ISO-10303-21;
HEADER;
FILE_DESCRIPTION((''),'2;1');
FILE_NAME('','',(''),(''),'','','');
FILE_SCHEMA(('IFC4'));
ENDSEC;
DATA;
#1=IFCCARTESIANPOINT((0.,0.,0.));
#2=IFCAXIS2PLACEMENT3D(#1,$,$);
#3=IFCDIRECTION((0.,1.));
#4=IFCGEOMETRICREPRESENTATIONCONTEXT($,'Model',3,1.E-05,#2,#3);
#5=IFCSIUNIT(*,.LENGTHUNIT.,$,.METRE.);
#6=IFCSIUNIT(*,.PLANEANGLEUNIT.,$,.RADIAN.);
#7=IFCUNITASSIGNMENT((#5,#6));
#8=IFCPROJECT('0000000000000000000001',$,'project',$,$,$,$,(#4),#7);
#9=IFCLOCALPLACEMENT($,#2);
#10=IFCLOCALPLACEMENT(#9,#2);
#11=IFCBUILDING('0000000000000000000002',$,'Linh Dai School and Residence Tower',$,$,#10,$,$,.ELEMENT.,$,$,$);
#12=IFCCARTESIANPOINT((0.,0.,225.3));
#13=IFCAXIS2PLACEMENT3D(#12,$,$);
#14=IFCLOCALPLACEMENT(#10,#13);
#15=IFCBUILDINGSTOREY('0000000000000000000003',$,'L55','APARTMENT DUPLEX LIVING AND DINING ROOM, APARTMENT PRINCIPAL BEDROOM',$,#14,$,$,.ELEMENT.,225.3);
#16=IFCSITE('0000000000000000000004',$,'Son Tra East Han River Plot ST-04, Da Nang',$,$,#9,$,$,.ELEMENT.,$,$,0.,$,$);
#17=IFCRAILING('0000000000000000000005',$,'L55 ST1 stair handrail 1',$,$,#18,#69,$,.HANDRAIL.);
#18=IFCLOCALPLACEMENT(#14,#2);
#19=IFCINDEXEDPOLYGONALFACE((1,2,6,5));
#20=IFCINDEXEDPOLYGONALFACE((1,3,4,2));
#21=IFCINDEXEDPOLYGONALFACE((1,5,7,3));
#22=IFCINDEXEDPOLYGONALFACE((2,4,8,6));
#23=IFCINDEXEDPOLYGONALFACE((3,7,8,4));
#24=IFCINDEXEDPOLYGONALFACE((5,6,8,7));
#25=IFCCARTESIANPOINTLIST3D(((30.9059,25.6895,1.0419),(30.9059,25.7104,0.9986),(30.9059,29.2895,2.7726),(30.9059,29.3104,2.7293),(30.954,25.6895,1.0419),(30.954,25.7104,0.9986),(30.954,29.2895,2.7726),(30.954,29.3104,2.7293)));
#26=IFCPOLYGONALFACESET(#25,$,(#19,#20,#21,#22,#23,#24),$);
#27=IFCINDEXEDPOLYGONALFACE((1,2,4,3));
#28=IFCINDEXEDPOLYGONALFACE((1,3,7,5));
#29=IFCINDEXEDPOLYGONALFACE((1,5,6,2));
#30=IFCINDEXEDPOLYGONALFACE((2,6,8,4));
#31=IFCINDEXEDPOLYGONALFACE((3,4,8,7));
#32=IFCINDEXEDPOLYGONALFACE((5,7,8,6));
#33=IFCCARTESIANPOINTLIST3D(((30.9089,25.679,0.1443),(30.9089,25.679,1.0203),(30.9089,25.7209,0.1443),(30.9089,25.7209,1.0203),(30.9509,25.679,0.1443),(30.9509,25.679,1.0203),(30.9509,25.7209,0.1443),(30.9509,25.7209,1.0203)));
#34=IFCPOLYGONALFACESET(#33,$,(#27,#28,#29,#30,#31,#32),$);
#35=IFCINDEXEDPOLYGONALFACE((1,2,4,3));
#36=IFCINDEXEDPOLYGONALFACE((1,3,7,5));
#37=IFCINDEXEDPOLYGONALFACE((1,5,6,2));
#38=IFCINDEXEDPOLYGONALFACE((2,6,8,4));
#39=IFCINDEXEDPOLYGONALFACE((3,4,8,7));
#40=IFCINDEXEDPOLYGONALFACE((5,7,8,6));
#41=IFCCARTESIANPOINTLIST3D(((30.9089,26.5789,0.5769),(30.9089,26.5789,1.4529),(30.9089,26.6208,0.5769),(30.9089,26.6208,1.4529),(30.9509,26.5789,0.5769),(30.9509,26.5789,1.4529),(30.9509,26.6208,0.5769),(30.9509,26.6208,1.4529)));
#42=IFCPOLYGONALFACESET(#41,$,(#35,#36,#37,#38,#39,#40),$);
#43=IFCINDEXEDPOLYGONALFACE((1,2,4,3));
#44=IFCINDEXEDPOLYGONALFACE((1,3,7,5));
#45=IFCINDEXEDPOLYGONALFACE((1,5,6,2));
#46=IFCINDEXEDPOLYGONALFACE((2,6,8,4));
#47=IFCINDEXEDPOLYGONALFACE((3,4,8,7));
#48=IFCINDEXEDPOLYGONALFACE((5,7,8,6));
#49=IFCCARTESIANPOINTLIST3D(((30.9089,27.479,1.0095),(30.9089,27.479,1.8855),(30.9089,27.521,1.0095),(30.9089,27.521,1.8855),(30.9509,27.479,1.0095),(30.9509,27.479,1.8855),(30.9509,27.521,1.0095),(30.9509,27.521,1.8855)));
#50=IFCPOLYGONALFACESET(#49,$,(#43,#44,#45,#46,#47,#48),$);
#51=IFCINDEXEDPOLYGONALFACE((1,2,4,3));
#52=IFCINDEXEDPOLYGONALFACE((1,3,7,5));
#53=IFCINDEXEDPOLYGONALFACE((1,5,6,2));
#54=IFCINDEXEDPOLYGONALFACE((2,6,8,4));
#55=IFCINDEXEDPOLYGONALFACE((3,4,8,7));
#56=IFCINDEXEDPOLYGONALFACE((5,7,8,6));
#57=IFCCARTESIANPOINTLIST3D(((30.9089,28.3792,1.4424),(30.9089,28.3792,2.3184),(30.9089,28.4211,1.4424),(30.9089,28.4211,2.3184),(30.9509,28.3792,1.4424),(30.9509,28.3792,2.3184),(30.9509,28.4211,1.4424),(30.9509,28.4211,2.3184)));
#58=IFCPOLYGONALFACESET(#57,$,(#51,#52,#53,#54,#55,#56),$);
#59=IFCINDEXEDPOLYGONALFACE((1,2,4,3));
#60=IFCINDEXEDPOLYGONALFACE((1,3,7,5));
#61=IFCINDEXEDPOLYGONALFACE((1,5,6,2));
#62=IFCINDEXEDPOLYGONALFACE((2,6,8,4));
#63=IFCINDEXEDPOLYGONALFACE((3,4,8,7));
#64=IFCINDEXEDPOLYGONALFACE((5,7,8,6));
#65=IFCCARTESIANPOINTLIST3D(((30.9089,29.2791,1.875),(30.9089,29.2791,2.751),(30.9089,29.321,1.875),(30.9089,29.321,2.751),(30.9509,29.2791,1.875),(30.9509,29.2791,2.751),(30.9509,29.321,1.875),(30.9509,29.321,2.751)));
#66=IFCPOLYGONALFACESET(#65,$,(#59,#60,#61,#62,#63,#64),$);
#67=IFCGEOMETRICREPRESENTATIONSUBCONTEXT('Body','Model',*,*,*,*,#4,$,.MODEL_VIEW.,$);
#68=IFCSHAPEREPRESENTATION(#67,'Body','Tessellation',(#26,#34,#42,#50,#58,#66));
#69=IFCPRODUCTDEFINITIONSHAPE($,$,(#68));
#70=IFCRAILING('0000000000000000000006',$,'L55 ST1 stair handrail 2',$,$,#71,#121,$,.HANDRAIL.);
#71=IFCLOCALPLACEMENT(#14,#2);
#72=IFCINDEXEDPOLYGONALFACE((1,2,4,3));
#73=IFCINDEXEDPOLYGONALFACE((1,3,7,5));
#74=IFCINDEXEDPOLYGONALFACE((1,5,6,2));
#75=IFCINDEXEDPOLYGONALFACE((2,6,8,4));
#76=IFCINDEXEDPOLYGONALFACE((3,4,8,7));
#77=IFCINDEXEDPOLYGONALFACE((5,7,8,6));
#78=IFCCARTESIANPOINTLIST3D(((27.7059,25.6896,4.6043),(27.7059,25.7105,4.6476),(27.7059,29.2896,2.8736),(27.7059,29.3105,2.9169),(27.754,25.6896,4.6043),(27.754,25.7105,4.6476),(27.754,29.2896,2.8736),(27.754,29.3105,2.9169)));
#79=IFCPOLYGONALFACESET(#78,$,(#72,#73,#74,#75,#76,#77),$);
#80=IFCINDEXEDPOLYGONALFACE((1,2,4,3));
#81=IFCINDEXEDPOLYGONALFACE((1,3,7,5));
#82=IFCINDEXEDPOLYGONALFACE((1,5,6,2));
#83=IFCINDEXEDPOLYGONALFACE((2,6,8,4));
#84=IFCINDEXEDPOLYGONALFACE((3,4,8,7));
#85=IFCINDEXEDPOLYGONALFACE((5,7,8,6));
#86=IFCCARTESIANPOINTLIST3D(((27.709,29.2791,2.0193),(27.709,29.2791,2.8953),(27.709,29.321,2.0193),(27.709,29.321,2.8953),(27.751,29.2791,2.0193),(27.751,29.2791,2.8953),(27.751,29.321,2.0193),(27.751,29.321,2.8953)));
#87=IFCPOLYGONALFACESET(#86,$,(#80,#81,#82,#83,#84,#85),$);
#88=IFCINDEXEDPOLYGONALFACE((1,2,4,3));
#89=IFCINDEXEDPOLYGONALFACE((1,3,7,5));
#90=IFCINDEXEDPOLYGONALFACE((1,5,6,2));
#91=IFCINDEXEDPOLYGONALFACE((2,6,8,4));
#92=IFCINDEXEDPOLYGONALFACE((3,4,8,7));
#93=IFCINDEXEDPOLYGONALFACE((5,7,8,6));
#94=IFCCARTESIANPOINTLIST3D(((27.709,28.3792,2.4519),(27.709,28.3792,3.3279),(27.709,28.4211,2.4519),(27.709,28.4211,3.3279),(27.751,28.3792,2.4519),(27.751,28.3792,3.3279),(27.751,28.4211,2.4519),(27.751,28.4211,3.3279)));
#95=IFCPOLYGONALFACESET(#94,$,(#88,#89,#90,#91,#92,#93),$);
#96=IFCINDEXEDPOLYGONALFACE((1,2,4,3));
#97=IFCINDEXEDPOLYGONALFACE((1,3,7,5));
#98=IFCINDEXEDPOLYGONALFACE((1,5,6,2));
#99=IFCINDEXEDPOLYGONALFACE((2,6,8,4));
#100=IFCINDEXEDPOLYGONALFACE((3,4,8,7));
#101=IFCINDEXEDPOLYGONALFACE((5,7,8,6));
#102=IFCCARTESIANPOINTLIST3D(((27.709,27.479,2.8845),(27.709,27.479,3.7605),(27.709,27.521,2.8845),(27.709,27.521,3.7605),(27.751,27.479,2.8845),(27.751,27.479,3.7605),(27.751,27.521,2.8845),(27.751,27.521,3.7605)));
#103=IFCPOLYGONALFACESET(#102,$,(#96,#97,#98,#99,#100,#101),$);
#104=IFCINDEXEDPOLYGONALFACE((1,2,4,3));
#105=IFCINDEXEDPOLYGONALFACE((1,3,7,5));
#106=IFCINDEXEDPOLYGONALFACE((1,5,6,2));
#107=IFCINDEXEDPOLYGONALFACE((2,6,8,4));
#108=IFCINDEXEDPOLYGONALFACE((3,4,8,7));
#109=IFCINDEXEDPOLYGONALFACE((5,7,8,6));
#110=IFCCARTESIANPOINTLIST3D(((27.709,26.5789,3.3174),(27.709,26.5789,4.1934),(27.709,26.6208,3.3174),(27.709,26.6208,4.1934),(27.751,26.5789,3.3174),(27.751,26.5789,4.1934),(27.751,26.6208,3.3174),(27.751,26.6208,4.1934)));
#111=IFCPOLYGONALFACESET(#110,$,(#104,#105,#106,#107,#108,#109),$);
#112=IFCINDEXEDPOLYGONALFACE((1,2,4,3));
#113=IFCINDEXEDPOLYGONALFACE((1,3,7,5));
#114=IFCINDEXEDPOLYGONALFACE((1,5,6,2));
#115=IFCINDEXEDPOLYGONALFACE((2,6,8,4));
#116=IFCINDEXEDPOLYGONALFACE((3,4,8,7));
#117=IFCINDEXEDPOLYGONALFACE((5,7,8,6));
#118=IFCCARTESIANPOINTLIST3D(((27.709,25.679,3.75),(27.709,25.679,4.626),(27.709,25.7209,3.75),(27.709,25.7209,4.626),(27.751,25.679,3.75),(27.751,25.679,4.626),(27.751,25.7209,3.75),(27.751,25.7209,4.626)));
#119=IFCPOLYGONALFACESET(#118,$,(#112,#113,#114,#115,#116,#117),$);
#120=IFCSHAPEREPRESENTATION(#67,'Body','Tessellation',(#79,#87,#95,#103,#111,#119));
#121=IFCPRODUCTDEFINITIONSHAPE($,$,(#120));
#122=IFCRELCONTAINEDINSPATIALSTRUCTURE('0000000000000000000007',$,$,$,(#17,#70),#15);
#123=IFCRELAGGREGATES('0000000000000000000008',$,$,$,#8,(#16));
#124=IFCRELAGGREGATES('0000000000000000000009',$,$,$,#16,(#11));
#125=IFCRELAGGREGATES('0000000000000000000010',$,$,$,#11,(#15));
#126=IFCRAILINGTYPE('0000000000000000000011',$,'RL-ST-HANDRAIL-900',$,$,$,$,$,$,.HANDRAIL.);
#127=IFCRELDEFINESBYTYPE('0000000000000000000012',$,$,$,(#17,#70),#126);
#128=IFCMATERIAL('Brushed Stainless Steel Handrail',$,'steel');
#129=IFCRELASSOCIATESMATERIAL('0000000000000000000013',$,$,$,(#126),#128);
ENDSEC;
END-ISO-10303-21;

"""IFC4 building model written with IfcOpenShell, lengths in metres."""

from ifc_helpers import new_model, si_unit, direction, frame, origin, origin_2d, place, context, subcontext, project, spatial, rectangle, extrude, source, transform, mapped, material, type_object, element, save


model = new_model("IFC4")

# Units and contexts
model_context = context("Model", 3, precision=1e-05, world=origin(), true_north=direction((0.0, 1.0)))
body_context = subcontext(model_context, "Body", "Model", "MODEL_VIEW")
ifc_project = project(units=[si_unit("LENGTHUNIT", "METRE"), si_unit("PLANEANGLEUNIT", "RADIAN")], contexts=[model_context])

# Site, building, storey
site_placement = place(None, origin())
site = spatial("IfcSite", under=ifc_project, at=site_placement, Name="Son Tra East Han River Plot ST-04, Da Nang", CompositionType="ELEMENT", RefElevation=0.0)
building_placement = place(site_placement, origin())
building = spatial("IfcBuilding", under=site, at=building_placement, Name="Linh Dai School and Residence Tower", CompositionType="ELEMENT")
storey_placement = place(building_placement, frame((0.0, 0.0, 225.3)))
storey = spatial("IfcBuildingStorey", under=building, at=storey_placement, Name="L55", Description="APARTMENT DUPLEX LIVING AND DINING ROOM, APARTMENT PRINCIPAL BEDROOM", CompositionType="ELEMENT", Elevation=225.3)

# Railings
ifc_material_1 = material(Name="Brushed Stainless Steel Handrail", Category="steel")
railing_type_1 = type_object("IfcRailingType", Name="RL-ST-HANDRAIL-900", PredefinedType="HANDRAIL", material=ifc_material_1)
shared_shape_1 = source(origin(), body_context, "Body", "SweptSolid", [
    extrude(rectangle(XDim=0.0481, YDim=0.0481, at=origin_2d()), frame((0.0, 0.0, 0.876), z_axis=(0.0, 0.901263, 0.433273), x_axis=(-1.0, 0.0, 0.0)), (0.0, 0.0, 1.0), 3.9944),
    extrude(rectangle(XDim=0.042, YDim=0.042, at=origin_2d()), origin(), (0.0, 0.0, 1.0), 0.876),
    extrude(rectangle(XDim=0.042, YDim=0.042, at=origin_2d()), frame((0.0, 0.8999, 0.4326)), (0.0, 0.0, 1.0), 0.876),
    extrude(rectangle(XDim=0.042, YDim=0.042, at=origin_2d()), frame((0.0, 1.8, 0.8652)), (0.0, 0.0, 1.0), 0.876),
    extrude(rectangle(XDim=0.042, YDim=0.042, at=origin_2d()), frame((0.0, 2.7002, 1.2981)), (0.0, 0.0, 1.0), 0.876),
    extrude(rectangle(XDim=0.042, YDim=0.042, at=origin_2d()), frame((0.0, 3.6001, 1.7307)), (0.0, 0.0, 1.0), 0.876),
])
railing_1_placement = place(storey_placement, frame((30.9299, 25.7, 0.1443)))
element("IfcRailing", 1, at=railing_1_placement, inside=storey, type_object=railing_type_1, Name="L55 ST1 stair handrail 1", PredefinedType="HANDRAIL", context=body_context, shape_type="MappedRepresentation", body=[
    mapped(shared_shape_1, transform((0.0, 0.0, 0.0), x_axis=(1.0, 0.0, 0.0), y_axis=(0.0, 1.0, 0.0), z_axis=(0.0, 0.0, 1.0), scale=1.0)),
])
shared_shape_2 = source(origin(), body_context, "Body", "SweptSolid", [
    extrude(rectangle(XDim=0.0481, YDim=0.0481, at=origin_2d()), frame((0.0, 0.0, 0.876), z_axis=(0.0, -0.901263, 0.433273), x_axis=(1.0, 0.0, 0.0)), (0.0, 0.0, 1.0), 3.9944),
    extrude(rectangle(XDim=0.042, YDim=0.042, at=origin_2d()), origin(), (0.0, 0.0, 1.0), 0.876),
    extrude(rectangle(XDim=0.042, YDim=0.042, at=origin_2d()), frame((0.0, -0.8999, 0.4326)), (0.0, 0.0, 1.0), 0.876),
    extrude(rectangle(XDim=0.042, YDim=0.042, at=origin_2d()), frame((0.0, -1.8, 0.8652)), (0.0, 0.0, 1.0), 0.876),
    extrude(rectangle(XDim=0.042, YDim=0.042, at=origin_2d()), frame((0.0, -2.7002, 1.2981)), (0.0, 0.0, 1.0), 0.876),
    extrude(rectangle(XDim=0.042, YDim=0.042, at=origin_2d()), frame((0.0, -3.6001, 1.7307)), (0.0, 0.0, 1.0), 0.876),
])
railing_2_placement = place(storey_placement, frame((27.73, 29.3, 2.0193)))
element("IfcRailing", 2, at=railing_2_placement, inside=storey, type_object=railing_type_1, Name="L55 ST1 stair handrail 2", PredefinedType="HANDRAIL", context=body_context, shape_type="MappedRepresentation", body=[
    mapped(shared_shape_2, transform((0.0, 0.0, 0.0), x_axis=(1.0, 0.0, 0.0), y_axis=(0.0, 1.0, 0.0), z_axis=(0.0, 0.0, 1.0), scale=1.0)),
])

save(model, "model.ifc")
